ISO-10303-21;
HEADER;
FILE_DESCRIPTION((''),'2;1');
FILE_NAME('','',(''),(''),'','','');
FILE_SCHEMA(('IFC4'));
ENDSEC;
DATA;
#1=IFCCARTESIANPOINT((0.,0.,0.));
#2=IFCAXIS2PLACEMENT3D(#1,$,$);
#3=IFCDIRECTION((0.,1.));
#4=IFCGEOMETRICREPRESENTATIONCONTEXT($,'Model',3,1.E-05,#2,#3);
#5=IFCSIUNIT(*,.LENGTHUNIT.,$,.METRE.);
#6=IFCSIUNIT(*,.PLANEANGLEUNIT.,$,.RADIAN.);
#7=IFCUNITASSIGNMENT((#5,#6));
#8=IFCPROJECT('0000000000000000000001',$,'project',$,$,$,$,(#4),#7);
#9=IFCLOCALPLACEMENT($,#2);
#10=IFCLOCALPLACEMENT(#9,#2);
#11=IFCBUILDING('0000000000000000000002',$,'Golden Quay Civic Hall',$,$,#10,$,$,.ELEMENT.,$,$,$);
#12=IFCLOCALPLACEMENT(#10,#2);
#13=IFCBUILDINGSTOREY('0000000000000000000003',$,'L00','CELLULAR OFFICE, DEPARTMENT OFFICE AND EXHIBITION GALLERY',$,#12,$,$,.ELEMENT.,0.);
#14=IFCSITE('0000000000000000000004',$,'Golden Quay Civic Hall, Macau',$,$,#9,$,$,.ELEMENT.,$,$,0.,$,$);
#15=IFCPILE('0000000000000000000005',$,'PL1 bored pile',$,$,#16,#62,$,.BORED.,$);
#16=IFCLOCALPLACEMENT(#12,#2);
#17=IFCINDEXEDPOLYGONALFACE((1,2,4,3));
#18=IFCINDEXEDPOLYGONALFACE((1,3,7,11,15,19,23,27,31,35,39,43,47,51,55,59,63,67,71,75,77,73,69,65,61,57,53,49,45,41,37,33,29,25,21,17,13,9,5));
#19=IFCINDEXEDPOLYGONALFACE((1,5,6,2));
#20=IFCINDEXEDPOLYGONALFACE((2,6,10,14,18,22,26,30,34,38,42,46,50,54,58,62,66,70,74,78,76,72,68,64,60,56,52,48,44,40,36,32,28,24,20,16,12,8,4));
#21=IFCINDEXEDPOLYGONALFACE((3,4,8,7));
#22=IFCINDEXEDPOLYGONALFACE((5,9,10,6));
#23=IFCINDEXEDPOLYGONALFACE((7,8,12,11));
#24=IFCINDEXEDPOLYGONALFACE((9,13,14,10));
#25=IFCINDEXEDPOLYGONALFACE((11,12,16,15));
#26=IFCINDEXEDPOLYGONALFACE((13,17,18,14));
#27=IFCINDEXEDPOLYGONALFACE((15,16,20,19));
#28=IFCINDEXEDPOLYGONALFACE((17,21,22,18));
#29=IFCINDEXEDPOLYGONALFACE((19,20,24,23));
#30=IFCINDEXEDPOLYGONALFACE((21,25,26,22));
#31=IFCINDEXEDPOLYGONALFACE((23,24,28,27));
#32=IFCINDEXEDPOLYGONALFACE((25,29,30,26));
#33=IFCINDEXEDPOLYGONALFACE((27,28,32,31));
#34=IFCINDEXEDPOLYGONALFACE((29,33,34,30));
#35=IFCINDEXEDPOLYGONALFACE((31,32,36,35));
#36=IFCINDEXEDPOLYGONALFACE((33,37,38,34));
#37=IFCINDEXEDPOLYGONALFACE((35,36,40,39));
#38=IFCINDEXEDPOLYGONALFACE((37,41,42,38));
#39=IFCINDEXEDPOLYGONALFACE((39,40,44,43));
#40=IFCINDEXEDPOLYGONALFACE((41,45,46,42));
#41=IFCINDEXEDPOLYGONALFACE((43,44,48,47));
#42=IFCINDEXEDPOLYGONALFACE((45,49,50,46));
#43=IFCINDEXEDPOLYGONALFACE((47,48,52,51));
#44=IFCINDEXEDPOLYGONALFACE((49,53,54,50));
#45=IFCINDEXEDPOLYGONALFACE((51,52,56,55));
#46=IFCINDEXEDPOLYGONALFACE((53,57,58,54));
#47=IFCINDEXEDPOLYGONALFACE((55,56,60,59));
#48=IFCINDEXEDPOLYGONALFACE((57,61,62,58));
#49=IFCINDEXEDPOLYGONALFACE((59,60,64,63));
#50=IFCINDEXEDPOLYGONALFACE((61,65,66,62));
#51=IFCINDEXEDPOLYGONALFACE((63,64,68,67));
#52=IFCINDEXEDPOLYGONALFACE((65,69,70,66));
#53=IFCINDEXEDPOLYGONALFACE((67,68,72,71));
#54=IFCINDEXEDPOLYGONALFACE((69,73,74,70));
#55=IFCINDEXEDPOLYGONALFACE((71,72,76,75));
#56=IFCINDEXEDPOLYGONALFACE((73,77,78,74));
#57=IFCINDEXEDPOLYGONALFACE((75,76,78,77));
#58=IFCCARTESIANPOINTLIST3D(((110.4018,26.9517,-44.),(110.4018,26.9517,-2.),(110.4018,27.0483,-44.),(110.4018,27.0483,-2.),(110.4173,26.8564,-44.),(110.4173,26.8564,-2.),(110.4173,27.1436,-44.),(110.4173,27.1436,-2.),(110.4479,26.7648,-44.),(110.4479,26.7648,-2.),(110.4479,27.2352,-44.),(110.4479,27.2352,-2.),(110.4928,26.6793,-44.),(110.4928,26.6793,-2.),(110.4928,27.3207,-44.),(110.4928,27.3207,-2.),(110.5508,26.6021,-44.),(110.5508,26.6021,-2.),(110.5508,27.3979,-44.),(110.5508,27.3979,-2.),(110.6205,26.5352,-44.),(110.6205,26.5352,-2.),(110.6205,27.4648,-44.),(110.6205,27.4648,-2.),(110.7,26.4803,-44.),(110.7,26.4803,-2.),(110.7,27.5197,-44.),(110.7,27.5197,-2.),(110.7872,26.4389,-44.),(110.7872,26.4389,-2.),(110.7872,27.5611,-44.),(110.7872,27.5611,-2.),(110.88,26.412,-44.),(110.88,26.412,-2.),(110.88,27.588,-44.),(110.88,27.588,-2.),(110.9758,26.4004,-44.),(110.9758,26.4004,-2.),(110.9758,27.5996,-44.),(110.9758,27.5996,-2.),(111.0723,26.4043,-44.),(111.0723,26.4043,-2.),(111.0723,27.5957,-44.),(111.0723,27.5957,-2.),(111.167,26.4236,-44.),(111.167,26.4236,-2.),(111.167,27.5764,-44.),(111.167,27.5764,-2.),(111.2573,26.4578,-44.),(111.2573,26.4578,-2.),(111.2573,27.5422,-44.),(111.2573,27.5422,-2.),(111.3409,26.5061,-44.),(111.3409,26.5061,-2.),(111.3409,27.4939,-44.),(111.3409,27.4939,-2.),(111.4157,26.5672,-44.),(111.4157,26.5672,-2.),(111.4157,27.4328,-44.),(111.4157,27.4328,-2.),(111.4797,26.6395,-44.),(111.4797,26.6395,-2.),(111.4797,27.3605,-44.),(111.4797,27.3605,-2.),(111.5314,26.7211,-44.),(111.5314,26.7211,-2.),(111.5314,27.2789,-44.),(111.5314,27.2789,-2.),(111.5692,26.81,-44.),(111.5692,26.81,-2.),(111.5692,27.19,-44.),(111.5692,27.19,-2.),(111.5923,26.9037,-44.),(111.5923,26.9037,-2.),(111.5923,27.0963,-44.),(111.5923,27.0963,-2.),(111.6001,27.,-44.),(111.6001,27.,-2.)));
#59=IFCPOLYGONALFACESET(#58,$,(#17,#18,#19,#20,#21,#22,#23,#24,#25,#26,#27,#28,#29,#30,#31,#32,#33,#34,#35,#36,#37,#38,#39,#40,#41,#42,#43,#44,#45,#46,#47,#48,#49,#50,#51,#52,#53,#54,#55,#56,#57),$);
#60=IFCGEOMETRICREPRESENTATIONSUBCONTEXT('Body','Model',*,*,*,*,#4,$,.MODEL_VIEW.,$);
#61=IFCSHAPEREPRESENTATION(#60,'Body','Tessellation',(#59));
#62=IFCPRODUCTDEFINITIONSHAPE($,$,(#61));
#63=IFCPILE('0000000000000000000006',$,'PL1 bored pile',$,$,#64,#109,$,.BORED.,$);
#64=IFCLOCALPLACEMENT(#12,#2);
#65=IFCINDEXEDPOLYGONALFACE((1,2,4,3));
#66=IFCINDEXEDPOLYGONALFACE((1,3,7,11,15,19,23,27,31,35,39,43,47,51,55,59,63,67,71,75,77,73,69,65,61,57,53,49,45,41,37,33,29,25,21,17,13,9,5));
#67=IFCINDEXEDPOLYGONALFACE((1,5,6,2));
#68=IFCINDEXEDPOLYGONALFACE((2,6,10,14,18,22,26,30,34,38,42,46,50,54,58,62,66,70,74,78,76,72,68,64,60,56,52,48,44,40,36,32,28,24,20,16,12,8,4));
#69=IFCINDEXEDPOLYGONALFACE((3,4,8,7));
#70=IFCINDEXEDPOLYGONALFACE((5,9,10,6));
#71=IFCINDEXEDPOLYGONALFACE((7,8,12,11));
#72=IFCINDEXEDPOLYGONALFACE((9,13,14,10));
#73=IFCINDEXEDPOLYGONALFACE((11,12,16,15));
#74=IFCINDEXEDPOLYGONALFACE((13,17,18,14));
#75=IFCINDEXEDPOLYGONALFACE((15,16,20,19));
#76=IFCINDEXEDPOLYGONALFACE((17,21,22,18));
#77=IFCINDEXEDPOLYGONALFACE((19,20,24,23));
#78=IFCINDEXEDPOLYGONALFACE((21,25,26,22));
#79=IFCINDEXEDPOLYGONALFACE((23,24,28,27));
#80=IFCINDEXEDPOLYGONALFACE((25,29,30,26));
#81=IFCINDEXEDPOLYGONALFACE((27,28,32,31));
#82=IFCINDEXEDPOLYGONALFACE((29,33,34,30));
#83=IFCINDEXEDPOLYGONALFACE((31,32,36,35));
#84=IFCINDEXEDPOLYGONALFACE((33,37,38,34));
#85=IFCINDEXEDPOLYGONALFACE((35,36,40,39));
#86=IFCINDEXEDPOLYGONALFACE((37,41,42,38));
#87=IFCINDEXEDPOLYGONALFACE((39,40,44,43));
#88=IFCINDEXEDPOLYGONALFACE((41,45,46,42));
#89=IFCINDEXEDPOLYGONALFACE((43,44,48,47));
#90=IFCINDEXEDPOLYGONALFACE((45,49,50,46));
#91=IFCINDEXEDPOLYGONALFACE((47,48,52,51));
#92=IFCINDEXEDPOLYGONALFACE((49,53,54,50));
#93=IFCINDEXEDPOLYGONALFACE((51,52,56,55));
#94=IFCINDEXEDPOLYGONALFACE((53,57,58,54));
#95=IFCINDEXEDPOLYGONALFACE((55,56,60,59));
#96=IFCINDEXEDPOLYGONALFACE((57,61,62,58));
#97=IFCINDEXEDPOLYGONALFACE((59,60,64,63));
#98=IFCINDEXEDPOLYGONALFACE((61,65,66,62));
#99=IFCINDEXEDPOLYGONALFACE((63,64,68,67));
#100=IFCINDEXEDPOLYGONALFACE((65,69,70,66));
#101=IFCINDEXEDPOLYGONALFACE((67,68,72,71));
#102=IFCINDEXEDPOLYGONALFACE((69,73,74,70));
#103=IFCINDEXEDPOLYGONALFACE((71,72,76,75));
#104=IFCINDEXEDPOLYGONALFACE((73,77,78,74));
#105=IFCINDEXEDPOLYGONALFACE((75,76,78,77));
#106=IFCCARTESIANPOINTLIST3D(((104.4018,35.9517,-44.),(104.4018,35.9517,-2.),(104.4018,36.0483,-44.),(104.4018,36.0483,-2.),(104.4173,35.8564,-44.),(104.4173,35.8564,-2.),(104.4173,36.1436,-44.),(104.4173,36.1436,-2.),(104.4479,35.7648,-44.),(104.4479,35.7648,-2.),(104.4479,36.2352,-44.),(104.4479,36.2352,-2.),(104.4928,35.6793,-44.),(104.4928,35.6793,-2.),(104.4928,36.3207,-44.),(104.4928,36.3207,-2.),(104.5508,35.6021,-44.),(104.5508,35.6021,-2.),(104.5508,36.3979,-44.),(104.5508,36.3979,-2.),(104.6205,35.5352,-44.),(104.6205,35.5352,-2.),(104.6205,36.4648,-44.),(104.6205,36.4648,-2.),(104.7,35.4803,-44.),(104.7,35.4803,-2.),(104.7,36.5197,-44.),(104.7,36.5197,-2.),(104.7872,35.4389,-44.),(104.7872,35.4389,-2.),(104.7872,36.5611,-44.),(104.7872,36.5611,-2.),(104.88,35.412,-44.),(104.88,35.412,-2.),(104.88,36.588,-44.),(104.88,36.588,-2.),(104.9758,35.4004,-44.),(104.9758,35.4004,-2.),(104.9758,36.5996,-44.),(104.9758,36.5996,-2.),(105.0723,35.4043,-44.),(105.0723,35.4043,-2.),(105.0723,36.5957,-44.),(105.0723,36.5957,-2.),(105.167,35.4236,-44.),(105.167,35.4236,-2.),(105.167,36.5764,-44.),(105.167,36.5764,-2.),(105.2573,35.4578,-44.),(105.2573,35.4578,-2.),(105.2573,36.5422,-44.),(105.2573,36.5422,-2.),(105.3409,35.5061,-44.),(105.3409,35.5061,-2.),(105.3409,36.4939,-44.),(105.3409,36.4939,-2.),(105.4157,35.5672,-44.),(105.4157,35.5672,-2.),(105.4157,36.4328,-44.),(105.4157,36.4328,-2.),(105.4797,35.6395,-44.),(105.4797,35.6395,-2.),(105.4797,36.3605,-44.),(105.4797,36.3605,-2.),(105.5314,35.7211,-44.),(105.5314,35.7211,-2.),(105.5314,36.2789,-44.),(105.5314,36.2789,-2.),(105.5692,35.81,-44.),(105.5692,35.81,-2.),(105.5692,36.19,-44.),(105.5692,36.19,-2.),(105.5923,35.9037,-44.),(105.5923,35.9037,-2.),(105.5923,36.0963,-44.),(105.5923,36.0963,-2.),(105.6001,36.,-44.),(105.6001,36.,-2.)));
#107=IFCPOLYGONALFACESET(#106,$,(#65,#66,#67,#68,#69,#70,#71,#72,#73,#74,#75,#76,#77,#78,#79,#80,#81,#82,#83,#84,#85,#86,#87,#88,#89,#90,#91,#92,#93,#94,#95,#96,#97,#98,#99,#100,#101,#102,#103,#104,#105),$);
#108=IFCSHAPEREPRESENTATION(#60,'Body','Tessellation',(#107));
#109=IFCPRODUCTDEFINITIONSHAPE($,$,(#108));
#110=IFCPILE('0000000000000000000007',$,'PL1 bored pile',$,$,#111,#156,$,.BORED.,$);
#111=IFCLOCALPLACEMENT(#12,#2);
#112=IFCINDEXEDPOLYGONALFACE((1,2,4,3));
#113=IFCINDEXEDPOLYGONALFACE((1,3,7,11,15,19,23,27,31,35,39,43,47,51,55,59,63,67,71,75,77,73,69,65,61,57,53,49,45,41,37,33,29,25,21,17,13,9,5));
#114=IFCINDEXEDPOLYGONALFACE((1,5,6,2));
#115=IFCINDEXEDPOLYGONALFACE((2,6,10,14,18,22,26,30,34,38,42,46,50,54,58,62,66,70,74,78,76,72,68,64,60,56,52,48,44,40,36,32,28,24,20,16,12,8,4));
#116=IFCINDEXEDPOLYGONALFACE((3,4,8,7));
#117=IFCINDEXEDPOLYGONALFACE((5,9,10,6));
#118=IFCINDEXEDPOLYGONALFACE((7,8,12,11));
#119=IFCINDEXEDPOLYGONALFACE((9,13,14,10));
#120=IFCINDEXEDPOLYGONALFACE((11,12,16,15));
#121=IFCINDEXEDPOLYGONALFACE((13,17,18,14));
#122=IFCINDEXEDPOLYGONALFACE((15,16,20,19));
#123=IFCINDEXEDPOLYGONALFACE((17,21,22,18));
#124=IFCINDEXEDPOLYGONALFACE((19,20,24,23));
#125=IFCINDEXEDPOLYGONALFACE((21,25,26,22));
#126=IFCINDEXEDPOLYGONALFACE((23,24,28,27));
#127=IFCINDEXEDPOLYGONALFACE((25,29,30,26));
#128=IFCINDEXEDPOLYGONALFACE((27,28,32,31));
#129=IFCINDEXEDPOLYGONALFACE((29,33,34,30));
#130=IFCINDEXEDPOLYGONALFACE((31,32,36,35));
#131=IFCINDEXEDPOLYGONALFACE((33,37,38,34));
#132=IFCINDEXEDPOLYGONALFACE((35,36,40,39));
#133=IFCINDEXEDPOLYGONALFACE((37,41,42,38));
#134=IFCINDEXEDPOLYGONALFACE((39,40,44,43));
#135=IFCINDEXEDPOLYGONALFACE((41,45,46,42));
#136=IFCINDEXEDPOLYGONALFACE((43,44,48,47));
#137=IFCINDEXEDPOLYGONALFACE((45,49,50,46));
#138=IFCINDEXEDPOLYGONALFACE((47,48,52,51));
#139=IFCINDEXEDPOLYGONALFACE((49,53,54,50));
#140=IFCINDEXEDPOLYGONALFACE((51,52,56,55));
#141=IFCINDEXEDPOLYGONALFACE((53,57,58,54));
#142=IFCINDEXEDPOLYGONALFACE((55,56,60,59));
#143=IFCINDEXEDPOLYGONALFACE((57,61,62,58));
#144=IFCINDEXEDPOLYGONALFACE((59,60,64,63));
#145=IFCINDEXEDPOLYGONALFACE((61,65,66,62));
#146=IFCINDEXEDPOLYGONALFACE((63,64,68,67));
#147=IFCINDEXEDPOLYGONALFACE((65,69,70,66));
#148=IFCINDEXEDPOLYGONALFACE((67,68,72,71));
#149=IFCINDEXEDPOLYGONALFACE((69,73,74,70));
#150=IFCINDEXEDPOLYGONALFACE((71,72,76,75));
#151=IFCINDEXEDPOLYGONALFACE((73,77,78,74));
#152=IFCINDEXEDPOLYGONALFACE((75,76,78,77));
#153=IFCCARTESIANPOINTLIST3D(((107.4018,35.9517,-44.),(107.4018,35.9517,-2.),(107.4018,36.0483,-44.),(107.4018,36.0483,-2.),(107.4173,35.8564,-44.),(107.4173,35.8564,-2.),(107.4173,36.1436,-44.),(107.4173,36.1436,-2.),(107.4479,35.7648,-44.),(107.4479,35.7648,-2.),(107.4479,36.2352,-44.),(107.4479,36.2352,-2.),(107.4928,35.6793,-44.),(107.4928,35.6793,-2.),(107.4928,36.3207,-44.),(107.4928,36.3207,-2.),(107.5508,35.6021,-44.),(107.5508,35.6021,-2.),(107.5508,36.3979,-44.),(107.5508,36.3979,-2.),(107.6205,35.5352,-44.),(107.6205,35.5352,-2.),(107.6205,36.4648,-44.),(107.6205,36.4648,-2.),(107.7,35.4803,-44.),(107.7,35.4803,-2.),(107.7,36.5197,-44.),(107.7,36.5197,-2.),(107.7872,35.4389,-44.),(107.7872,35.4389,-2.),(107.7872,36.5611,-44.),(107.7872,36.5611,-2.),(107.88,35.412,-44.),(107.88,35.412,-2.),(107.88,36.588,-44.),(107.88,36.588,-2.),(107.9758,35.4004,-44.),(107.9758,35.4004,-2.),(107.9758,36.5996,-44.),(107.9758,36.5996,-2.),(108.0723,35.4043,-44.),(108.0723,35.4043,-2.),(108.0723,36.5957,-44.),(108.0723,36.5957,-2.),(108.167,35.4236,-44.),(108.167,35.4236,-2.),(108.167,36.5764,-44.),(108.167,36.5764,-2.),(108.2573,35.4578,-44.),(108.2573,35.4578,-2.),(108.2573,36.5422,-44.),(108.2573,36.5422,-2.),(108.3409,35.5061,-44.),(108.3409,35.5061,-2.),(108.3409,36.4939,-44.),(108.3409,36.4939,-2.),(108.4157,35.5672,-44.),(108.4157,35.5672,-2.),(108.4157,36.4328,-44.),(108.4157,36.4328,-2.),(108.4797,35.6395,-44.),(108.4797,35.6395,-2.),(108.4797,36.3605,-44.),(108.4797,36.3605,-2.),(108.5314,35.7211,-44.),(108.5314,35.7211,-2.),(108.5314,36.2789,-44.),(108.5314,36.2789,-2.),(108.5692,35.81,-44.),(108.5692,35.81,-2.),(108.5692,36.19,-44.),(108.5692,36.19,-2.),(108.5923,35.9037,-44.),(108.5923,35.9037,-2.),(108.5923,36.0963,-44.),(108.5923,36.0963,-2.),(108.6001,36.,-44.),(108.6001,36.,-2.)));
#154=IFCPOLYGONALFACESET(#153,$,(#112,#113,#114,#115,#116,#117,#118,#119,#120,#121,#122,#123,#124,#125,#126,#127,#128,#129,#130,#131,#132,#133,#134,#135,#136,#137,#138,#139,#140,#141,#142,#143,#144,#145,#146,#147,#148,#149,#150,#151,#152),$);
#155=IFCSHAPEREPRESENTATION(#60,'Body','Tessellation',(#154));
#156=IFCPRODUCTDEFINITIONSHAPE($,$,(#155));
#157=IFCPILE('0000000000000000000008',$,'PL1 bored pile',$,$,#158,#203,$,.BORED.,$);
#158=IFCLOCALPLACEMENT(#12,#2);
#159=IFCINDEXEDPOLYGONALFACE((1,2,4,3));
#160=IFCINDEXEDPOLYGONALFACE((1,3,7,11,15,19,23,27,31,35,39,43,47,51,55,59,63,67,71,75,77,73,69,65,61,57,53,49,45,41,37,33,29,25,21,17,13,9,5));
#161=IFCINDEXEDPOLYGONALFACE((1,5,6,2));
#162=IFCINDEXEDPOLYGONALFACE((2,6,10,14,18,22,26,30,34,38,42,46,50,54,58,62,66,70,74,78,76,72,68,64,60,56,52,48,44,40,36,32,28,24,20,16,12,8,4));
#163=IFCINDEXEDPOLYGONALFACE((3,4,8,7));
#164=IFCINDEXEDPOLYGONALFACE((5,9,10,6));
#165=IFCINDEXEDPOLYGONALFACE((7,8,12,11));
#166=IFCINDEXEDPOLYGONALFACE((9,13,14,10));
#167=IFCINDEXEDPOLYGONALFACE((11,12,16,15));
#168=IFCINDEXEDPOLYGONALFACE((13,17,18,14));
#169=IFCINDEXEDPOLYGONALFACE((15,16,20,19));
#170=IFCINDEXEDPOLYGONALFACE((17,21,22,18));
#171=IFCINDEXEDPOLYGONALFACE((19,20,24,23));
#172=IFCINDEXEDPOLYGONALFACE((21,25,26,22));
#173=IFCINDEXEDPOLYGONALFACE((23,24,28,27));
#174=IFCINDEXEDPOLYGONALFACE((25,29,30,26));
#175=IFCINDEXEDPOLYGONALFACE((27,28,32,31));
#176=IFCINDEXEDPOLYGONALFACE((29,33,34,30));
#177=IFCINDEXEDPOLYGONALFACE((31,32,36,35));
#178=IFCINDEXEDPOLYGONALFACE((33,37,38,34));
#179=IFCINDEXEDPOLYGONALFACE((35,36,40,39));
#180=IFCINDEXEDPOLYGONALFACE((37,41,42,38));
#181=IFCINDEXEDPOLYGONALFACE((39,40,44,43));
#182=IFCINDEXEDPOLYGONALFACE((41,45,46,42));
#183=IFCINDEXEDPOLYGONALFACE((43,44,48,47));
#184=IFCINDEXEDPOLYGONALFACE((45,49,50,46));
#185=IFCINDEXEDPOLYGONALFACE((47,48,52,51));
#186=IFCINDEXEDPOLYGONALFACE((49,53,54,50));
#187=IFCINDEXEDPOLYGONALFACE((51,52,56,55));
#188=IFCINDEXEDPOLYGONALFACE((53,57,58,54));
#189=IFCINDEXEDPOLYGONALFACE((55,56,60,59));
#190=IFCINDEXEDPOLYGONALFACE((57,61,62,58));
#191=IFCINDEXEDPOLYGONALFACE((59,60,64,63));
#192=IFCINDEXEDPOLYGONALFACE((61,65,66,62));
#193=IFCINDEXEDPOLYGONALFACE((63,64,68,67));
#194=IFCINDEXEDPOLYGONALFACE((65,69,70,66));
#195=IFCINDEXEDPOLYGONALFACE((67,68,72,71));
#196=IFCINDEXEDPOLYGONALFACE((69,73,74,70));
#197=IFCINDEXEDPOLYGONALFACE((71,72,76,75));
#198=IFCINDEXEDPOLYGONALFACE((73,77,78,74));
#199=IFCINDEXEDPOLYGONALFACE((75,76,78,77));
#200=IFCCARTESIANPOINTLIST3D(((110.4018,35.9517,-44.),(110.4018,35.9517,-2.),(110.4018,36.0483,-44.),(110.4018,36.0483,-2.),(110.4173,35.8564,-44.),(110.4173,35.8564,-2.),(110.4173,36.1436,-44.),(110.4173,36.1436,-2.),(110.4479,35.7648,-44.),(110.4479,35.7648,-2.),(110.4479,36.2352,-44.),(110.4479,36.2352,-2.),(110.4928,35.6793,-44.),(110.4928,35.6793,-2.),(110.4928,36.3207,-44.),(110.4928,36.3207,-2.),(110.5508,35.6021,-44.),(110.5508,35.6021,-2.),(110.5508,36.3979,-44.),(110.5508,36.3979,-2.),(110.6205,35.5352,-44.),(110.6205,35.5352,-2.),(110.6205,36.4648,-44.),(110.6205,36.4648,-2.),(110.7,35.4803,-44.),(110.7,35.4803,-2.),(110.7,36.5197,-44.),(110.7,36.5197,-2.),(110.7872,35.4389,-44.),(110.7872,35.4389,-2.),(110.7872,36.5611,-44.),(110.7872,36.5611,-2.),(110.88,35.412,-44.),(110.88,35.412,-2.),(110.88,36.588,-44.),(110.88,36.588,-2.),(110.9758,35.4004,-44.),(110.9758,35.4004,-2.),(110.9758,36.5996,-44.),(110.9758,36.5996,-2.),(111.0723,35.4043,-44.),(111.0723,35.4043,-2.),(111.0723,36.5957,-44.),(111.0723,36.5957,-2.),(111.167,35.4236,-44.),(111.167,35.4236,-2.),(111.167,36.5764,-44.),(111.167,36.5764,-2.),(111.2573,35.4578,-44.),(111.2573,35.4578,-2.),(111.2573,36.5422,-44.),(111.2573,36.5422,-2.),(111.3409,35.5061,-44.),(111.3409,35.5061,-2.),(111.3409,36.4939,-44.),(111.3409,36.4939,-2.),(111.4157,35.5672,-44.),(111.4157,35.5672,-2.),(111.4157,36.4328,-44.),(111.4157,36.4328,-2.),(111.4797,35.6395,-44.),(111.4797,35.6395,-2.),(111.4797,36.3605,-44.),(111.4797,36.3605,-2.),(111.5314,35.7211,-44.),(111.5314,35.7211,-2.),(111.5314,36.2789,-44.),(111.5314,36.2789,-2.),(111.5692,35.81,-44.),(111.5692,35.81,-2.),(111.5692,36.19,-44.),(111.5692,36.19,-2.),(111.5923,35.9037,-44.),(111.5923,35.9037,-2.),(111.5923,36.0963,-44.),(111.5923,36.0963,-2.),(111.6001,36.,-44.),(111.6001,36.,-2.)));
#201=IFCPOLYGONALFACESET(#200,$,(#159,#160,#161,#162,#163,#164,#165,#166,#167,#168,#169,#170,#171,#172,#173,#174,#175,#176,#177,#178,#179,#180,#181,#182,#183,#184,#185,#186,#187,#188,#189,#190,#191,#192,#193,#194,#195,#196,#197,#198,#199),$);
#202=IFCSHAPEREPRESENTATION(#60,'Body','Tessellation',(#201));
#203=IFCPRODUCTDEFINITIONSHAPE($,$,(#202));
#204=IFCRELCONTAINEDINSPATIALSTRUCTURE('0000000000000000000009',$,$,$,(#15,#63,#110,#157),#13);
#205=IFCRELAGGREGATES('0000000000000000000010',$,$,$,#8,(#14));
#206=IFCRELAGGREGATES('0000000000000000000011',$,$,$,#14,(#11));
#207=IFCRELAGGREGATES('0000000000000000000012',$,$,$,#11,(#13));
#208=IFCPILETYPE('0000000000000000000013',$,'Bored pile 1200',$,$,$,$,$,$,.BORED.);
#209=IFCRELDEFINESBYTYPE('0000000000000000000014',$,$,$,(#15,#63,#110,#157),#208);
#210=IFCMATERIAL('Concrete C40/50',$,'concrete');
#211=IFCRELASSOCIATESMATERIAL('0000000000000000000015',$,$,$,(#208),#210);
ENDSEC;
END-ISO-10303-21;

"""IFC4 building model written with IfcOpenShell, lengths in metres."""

from ifc_helpers import new_model, si_unit, direction, frame, origin, origin_2d, place, context, subcontext, project, spatial, circle, extrude, material, material_profile, profile_set, type_object, element, save


model = new_model("IFC4")

# Units and contexts
model_context = context("Model", 3, precision=1e-05, world=origin(), true_north=direction((0.0, 1.0)))
body_context = subcontext(model_context, "Body", "Model", "MODEL_VIEW")
ifc_project = project(units=[si_unit("LENGTHUNIT", "METRE"), si_unit("PLANEANGLEUNIT", "RADIAN")], contexts=[model_context])

# Site, building, storey
site_placement = place(None, origin())
site = spatial("IfcSite", under=ifc_project, at=site_placement, Name="Golden Quay Civic Hall, Macau", CompositionType="ELEMENT", RefElevation=0.0)
building_placement = place(site_placement, origin())
building = spatial("IfcBuilding", under=site, at=building_placement, Name="Golden Quay Civic Hall", CompositionType="ELEMENT")
storey_placement = place(building_placement, origin())
storey = spatial("IfcBuildingStorey", under=building, at=storey_placement, Name="L00", Description="CELLULAR OFFICE, DEPARTMENT OFFICE AND EXHIBITION GALLERY", CompositionType="ELEMENT", Elevation=0.0)

# Piles
ifc_material_1 = material(Name="Concrete C40/50", Category="concrete")
ifc_material_profile_1 = material_profile(ifc_material_1, circle(Radius=0.6001, at=origin_2d()), Name="RC D1200")
ifc_profile_set_1 = profile_set([ifc_material_profile_1], Name="Concrete C40/50")
pile_type = type_object("IfcPileType", Name="Bored pile 1200", PredefinedType="BORED", material=ifc_profile_set_1)
for number, where, z_axis, x_axis, name in (
    (1, (111.0, 27.0, -2.0), (0.0, 0.0, -1.0), (1.0, 0.0, 0.0), "PL1 bored pile"),
    (2, (105.0, 36.0, -2.0), (0.0, 0.0, -1.0), (1.0, 0.0, 0.0), "PL1 bored pile"),
    (3, (108.0, 36.0, -2.0), (0.0, 0.0, -1.0), (1.0, 0.0, 0.0), "PL1 bored pile"),
    (4, (111.0, 36.0, -2.0), (0.0, 0.0, -1.0), (1.0, 0.0, 0.0), "PL1 bored pile"),
):
    element("IfcPile", number, at=place(storey_placement, frame(where, z_axis=z_axis, x_axis=x_axis)), inside=storey, type_object=pile_type, Name=name, PredefinedType="BORED", context=body_context, shape_type="SweptSolid", body=[
        extrude(circle(Radius=0.6001, at=origin_2d()), origin(), (0.0, 0.0, 1.0), 42.0),
    ])

save(model, "model.ifc")
